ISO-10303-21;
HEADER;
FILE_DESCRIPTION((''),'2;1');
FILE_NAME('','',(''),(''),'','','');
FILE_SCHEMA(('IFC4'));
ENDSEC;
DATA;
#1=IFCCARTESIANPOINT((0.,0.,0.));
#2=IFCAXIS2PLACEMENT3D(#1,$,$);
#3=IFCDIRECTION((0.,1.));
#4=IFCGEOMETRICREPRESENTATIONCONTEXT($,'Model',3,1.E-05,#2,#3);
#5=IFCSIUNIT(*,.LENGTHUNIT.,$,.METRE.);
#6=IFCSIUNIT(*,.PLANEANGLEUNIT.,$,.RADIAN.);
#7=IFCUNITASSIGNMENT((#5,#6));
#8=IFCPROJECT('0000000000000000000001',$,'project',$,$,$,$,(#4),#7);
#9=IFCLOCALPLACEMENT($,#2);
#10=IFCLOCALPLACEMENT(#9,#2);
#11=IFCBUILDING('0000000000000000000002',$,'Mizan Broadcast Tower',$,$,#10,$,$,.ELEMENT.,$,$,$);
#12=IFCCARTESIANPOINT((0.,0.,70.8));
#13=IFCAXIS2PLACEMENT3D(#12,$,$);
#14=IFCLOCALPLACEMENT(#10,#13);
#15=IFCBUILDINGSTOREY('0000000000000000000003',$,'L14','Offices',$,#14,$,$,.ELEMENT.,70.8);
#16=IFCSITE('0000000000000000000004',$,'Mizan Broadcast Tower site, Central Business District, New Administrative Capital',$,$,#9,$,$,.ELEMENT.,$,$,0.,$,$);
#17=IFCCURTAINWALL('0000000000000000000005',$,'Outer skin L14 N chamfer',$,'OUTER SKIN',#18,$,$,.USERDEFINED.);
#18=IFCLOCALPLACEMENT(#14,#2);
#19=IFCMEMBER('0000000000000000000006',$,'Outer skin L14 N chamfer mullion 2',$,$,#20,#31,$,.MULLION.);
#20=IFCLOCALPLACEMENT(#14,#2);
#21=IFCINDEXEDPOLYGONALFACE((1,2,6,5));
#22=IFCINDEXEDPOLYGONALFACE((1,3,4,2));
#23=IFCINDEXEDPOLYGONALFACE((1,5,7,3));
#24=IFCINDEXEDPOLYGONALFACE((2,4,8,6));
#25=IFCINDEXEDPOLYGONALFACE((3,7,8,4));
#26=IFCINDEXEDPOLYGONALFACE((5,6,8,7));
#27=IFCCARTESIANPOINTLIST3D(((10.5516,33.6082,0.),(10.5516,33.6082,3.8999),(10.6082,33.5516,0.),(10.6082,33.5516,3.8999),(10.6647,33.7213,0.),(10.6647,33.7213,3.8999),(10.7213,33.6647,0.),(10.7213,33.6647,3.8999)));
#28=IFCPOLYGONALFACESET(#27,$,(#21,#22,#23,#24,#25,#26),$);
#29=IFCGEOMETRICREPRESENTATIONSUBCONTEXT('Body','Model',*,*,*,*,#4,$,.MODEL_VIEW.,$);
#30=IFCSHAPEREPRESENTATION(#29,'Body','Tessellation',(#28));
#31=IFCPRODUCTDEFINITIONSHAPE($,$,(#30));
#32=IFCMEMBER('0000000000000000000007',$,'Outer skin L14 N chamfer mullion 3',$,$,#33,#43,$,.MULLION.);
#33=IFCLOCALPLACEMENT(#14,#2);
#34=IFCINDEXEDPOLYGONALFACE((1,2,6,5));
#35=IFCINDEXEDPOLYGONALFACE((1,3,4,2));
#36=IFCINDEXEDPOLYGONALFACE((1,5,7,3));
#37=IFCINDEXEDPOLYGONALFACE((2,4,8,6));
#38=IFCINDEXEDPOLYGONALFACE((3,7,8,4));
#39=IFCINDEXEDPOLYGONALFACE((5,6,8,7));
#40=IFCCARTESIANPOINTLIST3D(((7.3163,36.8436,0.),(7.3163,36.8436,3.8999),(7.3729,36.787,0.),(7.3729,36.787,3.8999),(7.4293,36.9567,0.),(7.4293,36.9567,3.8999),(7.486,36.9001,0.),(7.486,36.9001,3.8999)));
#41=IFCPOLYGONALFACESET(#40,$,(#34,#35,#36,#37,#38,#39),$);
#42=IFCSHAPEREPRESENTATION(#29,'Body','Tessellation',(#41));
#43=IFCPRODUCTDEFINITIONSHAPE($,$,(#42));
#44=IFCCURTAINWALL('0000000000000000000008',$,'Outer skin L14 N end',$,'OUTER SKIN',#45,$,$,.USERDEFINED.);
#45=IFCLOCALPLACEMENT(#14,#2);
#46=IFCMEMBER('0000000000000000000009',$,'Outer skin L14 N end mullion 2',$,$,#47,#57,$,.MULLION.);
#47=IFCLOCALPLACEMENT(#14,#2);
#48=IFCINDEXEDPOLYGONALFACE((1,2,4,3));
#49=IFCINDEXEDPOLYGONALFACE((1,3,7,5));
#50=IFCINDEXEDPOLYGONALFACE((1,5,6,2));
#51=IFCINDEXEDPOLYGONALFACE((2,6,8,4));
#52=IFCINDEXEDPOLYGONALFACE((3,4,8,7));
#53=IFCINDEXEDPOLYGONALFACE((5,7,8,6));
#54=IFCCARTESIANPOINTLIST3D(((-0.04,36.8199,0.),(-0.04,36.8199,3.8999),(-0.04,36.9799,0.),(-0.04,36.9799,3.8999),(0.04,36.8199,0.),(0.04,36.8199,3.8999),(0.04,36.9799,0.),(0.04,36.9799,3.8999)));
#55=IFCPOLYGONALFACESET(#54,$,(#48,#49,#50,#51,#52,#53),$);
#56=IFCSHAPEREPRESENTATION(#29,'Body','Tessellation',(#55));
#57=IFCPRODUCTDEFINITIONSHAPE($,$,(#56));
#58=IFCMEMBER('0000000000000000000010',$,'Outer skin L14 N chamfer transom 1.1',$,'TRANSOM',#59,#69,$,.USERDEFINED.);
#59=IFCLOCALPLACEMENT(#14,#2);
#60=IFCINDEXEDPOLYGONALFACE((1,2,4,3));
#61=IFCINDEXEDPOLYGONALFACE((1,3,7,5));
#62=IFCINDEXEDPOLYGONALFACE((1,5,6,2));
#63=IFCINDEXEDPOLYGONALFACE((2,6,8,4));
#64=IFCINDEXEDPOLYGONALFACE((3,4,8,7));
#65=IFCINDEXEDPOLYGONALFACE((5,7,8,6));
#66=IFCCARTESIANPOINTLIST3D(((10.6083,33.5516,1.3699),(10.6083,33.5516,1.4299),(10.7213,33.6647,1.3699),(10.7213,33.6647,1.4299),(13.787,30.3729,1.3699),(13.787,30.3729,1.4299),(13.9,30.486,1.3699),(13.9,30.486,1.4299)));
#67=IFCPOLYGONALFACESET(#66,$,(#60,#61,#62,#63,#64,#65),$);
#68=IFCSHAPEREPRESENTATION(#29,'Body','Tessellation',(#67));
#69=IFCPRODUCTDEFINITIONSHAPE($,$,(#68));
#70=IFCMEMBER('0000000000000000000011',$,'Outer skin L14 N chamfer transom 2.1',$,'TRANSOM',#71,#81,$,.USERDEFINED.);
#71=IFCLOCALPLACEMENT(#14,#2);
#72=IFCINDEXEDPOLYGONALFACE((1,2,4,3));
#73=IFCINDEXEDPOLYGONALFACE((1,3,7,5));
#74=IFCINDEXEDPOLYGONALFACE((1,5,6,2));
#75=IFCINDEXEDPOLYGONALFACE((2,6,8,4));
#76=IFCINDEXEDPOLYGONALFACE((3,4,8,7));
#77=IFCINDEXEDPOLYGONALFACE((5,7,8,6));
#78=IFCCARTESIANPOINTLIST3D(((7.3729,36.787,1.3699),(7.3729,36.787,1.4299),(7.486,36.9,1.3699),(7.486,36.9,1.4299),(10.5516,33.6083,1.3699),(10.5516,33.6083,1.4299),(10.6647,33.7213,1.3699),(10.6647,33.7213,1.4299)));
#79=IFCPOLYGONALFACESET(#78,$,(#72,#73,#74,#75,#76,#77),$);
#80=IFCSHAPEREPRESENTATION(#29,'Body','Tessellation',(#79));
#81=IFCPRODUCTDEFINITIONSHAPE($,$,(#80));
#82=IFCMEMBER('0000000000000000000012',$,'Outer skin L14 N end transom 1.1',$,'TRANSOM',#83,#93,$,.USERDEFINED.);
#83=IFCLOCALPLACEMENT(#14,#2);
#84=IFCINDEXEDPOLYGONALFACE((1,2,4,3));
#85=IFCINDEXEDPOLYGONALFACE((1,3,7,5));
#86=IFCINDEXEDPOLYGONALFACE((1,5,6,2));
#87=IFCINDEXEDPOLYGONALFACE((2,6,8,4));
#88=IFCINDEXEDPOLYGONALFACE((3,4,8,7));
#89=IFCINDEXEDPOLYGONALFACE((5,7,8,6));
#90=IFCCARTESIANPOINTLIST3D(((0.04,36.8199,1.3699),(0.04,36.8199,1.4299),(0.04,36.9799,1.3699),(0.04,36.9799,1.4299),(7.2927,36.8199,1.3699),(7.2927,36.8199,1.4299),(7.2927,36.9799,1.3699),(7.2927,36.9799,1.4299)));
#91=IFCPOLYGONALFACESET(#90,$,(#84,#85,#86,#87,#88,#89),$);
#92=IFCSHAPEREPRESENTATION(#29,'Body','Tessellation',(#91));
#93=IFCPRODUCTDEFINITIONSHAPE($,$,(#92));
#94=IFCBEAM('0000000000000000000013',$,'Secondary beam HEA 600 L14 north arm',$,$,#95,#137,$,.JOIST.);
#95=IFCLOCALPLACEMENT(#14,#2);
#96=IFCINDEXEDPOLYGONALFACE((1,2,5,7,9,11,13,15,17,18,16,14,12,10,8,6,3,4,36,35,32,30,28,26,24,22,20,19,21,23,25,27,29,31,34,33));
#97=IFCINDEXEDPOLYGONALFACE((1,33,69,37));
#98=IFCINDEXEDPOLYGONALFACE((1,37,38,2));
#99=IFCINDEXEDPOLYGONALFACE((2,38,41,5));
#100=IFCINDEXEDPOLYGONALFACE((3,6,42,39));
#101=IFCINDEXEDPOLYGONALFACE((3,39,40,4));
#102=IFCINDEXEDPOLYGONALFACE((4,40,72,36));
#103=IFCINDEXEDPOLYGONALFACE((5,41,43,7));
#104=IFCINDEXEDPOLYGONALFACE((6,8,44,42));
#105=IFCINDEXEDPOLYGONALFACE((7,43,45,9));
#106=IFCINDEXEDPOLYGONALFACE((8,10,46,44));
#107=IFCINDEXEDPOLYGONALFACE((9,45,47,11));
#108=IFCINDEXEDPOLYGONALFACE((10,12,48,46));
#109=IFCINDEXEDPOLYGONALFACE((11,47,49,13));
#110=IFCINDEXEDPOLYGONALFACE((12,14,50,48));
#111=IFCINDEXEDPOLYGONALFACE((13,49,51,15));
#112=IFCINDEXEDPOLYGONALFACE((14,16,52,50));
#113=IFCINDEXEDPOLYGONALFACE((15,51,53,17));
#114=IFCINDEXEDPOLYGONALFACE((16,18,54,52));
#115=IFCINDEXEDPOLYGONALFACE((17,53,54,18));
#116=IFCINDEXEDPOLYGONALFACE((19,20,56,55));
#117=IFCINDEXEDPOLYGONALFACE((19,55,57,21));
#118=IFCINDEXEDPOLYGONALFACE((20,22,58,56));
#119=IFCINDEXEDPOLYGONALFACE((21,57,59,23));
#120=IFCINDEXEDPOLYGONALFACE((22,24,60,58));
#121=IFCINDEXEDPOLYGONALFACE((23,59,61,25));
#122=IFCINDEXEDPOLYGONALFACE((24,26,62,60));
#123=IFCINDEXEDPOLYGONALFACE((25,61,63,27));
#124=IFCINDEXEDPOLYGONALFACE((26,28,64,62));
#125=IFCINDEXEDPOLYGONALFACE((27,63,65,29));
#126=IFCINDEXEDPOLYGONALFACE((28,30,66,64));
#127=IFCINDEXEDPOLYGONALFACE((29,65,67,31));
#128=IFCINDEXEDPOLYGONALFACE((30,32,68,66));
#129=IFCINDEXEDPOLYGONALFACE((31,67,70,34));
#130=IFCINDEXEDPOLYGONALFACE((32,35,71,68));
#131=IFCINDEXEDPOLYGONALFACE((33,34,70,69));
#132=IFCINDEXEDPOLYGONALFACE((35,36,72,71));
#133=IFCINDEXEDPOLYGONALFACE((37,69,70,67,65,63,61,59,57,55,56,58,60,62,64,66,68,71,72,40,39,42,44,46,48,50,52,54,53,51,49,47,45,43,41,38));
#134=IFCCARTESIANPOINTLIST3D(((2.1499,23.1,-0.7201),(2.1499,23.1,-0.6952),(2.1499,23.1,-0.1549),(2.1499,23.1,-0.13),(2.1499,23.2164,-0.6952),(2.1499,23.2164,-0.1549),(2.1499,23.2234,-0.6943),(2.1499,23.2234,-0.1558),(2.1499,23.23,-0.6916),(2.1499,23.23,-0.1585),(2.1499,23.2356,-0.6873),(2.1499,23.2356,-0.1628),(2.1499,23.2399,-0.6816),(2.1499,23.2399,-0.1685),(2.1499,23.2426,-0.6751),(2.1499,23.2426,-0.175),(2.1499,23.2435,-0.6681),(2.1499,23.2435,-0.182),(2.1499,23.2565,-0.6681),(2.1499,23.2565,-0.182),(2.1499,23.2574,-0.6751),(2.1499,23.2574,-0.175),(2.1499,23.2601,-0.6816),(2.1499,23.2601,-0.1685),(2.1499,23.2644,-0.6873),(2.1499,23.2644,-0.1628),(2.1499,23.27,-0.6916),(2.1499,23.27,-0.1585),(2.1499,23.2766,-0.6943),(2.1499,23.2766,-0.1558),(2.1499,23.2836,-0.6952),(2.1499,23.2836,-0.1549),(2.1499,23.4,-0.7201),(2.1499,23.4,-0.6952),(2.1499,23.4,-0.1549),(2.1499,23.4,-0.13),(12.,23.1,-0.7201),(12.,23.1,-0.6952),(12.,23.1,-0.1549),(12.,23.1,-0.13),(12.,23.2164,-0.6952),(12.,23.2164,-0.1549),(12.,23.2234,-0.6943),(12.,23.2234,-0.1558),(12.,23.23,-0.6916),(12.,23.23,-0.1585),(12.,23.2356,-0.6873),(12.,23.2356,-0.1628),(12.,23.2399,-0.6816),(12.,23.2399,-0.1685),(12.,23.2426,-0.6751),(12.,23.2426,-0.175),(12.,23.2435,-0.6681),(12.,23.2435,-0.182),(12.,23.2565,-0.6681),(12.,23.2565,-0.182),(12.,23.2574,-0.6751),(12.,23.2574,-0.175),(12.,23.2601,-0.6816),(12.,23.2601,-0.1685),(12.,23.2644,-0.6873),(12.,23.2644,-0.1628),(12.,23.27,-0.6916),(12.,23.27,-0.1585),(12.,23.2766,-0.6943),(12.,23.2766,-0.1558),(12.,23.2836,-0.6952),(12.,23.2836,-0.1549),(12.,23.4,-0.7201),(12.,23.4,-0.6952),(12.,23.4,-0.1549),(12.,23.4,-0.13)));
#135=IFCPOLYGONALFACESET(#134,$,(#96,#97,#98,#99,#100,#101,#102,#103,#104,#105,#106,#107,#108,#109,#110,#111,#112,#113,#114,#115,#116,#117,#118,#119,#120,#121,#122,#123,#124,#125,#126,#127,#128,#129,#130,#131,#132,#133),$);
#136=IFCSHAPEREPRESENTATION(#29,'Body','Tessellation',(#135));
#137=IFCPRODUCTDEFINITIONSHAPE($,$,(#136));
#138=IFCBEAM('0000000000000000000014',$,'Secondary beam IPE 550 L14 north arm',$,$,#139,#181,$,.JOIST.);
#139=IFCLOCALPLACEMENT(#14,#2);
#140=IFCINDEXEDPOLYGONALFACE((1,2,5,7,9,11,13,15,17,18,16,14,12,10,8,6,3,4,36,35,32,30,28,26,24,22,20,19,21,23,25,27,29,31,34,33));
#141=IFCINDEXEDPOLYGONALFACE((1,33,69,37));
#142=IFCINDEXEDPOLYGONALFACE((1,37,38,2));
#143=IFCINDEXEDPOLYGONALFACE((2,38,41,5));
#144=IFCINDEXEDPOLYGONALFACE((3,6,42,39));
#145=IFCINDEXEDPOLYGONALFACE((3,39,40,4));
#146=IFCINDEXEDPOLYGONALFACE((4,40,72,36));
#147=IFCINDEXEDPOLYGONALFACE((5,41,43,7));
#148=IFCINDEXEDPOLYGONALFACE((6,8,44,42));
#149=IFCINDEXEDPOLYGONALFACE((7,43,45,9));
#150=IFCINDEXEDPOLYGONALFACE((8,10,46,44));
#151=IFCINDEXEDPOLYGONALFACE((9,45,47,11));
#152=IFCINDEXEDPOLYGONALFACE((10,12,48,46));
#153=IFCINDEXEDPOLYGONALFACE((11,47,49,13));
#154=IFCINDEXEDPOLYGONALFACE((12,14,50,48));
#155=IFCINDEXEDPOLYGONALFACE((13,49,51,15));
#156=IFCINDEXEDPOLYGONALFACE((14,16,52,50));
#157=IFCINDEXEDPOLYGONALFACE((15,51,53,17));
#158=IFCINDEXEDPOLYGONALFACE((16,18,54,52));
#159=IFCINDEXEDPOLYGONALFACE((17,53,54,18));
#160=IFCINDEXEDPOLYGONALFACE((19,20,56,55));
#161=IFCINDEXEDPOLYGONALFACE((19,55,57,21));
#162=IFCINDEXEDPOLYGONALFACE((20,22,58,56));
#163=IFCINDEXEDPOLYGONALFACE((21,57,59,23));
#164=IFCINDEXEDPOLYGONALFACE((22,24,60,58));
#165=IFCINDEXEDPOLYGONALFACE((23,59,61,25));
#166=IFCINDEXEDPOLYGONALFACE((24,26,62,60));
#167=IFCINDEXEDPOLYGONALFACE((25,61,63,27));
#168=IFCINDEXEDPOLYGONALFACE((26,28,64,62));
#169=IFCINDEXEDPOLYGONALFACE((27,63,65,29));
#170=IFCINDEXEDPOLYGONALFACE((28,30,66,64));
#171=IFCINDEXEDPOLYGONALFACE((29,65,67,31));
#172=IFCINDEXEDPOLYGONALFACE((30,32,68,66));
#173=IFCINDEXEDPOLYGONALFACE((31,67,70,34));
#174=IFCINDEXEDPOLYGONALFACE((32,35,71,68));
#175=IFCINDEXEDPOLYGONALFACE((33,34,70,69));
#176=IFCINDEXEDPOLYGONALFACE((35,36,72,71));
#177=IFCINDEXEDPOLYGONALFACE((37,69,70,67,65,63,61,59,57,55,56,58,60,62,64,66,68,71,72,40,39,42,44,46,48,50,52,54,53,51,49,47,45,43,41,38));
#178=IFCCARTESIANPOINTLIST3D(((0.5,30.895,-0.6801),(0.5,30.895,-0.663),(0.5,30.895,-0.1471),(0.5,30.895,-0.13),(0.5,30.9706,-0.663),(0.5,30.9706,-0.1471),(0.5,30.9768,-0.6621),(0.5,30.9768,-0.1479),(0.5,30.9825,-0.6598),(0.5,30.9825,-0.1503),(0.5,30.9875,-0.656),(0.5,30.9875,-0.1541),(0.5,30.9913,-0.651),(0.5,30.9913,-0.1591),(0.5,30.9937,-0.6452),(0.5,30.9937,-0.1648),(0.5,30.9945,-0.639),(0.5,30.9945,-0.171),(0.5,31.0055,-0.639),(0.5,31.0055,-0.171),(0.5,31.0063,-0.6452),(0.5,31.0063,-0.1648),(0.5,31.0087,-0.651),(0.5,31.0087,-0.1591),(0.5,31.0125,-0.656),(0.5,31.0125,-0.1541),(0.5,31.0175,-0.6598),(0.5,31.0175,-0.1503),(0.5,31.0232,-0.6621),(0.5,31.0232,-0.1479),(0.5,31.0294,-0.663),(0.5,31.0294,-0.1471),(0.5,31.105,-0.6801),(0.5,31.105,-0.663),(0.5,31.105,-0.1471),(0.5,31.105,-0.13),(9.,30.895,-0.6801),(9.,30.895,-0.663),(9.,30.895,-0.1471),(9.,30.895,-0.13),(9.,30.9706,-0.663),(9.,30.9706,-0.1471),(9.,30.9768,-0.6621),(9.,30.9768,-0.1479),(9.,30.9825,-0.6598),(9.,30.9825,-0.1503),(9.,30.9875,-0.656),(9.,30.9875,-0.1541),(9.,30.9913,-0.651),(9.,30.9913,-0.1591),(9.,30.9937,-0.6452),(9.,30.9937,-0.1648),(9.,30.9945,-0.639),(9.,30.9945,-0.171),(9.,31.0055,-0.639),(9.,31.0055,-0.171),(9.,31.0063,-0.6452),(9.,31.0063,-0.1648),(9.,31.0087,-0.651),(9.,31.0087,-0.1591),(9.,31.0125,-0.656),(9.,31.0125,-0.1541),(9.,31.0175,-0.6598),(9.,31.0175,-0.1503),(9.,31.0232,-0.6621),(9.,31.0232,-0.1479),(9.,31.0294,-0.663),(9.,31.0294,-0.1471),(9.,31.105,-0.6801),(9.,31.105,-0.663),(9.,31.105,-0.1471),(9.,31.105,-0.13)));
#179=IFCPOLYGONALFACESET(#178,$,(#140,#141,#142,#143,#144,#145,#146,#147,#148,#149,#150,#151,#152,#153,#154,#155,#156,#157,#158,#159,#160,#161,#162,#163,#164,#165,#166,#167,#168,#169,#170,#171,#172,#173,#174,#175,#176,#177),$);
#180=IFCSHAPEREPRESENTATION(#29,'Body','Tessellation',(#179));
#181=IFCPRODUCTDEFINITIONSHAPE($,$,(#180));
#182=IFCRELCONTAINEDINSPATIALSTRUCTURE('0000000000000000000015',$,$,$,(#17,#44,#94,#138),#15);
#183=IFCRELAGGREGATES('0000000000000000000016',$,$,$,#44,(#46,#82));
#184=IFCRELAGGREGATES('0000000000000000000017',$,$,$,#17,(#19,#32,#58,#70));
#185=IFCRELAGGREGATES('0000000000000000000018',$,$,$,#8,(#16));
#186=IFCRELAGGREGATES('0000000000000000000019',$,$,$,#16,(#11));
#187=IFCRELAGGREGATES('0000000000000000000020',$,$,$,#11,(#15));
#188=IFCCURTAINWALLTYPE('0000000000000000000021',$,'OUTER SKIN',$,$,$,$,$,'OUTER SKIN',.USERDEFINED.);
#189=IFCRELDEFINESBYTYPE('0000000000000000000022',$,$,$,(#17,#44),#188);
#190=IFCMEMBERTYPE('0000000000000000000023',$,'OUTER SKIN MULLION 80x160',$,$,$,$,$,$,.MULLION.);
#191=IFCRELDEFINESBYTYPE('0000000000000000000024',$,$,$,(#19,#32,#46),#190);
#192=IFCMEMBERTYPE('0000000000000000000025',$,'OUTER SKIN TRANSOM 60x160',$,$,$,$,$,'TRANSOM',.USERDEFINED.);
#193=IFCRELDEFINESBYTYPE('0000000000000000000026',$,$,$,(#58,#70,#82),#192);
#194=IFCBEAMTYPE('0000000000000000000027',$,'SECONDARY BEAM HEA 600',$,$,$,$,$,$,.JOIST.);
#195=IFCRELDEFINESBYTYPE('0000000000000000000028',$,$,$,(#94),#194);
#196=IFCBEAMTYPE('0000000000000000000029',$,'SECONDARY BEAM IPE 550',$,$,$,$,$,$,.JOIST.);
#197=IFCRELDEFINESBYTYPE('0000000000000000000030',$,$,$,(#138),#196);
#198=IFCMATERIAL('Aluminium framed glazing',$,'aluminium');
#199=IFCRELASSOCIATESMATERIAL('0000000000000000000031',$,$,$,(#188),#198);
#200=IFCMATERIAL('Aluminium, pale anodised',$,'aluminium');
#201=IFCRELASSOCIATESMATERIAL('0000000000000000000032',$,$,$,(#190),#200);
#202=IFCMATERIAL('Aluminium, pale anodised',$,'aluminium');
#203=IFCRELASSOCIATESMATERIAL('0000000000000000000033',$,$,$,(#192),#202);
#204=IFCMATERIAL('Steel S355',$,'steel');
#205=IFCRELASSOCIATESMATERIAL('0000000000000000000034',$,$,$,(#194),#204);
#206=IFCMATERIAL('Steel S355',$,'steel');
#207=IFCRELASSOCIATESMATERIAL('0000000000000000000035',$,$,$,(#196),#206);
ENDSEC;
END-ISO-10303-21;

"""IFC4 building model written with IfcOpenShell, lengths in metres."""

from ifc_helpers import new_model, si_unit, direction, frame, origin, origin_2d, place, context, subcontext, project, spatial, rectangle, i_section, extrude, material, material_profile, profile_set, type_object, element, aggregate, save


model = new_model("IFC4")

# Units and contexts
model_context = context("Model", 3, precision=1e-05, world=origin(), true_north=direction((0.0, 1.0)))
body_context = subcontext(model_context, "Body", "Model", "MODEL_VIEW")
ifc_project = project(units=[si_unit("LENGTHUNIT", "METRE"), si_unit("PLANEANGLEUNIT", "RADIAN")], contexts=[model_context])

# Site, building, storey
site_placement = place(None, origin())
site = spatial("IfcSite", under=ifc_project, at=site_placement, Name="Mizan Broadcast Tower site, Central Business District, New Administrative Capital", CompositionType="ELEMENT", RefElevation=0.0)
building_placement = place(site_placement, origin())
building = spatial("IfcBuilding", under=site, at=building_placement, Name="Mizan Broadcast Tower", CompositionType="ELEMENT")
storey_placement = place(building_placement, frame((0.0, 0.0, 70.8)))
storey = spatial("IfcBuildingStorey", under=building, at=storey_placement, Name="L14", Description="Offices", CompositionType="ELEMENT", Elevation=70.8)

# Curtain wall, members
ifc_material_1 = material(Name="Aluminium framed glazing", Category="aluminium")
curtain_wall_type_1 = type_object("IfcCurtainWallType", Name="OUTER SKIN", ElementType="OUTER SKIN", PredefinedType="USERDEFINED", material=ifc_material_1)
curtain_wall_1_placement = place(storey_placement, origin())
curtain_wall_1 = element("IfcCurtainWall", 1, at=curtain_wall_1_placement, inside=storey, type_object=curtain_wall_type_1, Name="Outer skin L14 N chamfer", ObjectType="OUTER SKIN", PredefinedType="USERDEFINED")
ifc_material_2 = material(Name="Aluminium, pale anodised", Category="aluminium")
ifc_material_profile_1 = material_profile(ifc_material_2, rectangle(XDim=0.1599, YDim=0.0801, at=origin_2d()), Name="MULLION 160x80")
ifc_profile_set_1 = profile_set([ifc_material_profile_1], Name="Aluminium, pale anodised")
member_type_1 = type_object("IfcMemberType", Name="OUTER SKIN MULLION 80x160", PredefinedType="MULLION", material=ifc_profile_set_1)
member_1_placement = place(storey_placement, frame((10.6365, 33.6365, 0.0), z_axis=(0.0, 0.0, 1.0), x_axis=(-0.707107, -0.707107, 0.0)))
member_1 = element("IfcMember", 2, at=member_1_placement, type_object=member_type_1, Name="Outer skin L14 N chamfer mullion 2", PredefinedType="MULLION", context=body_context, shape_type="SweptSolid", body=[
    extrude(rectangle(XDim=0.1599, YDim=0.0801, at=origin_2d()), origin(), (0.0, 0.0, 1.0), 3.8999),
])
member_2_placement = place(storey_placement, frame((7.4011, 36.8718, 0.0), z_axis=(0.0, 0.0, 1.0), x_axis=(-0.707107, -0.707107, 0.0)))
member_2 = element("IfcMember", 3, at=member_2_placement, type_object=member_type_1, Name="Outer skin L14 N chamfer mullion 3", PredefinedType="MULLION", context=body_context, shape_type="SweptSolid", body=[
    extrude(rectangle(XDim=0.1599, YDim=0.0801, at=origin_2d()), origin(), (0.0, 0.0, 1.0), 3.8999),
])

# Curtain wall, member
curtain_wall_2_placement = place(storey_placement, origin())
curtain_wall_2 = element("IfcCurtainWall", 4, at=curtain_wall_2_placement, inside=storey, type_object=curtain_wall_type_1, Name="Outer skin L14 N end", ObjectType="OUTER SKIN", PredefinedType="USERDEFINED")
member_3_placement = place(storey_placement, frame((0.0, 36.8999, 0.0), z_axis=(0.0, 0.0, 1.0), x_axis=(0.0, -1.0, 0.0)))
member_3 = element("IfcMember", 5, at=member_3_placement, type_object=member_type_1, Name="Outer skin L14 N end mullion 2", PredefinedType="MULLION", context=body_context, shape_type="SweptSolid", body=[
    extrude(rectangle(XDim=0.1599, YDim=0.0801, at=origin_2d()), origin(), (0.0, 0.0, 1.0), 3.8999),
])

# Members
ifc_material_3 = material(Name="Aluminium, pale anodised", Category="aluminium")
ifc_material_profile_2 = material_profile(ifc_material_3, rectangle(XDim=0.1599, YDim=0.0601, at=origin_2d()), Name="TRANSOM 160x60")
ifc_profile_set_2 = profile_set([ifc_material_profile_2], Name="Aluminium, pale anodised")
member_type_2 = type_object("IfcMemberType", Name="OUTER SKIN TRANSOM 60x160", ElementType="TRANSOM", PredefinedType="USERDEFINED", material=ifc_profile_set_2)
member_4_placement = place(storey_placement, frame((13.8435, 30.4294, 1.3999), z_axis=(-0.707107, 0.707107, 0.0), x_axis=(-0.707107, -0.707107, 0.0)))
member_4 = element("IfcMember", 6, at=member_4_placement, type_object=member_type_2, Name="Outer skin L14 N chamfer transom 1.1", ObjectType="TRANSOM", PredefinedType="USERDEFINED", context=body_context, shape_type="SweptSolid", body=[
    extrude(rectangle(XDim=0.1599, YDim=0.0601, at=origin_2d()), origin(), (0.0, 0.0, 1.0), 4.4954),
])
member_5_placement = place(storey_placement, frame((10.6082, 33.6648, 1.3999), z_axis=(-0.707107, 0.707107, 0.0), x_axis=(-0.707107, -0.707107, 0.0)))
member_5 = element("IfcMember", 7, at=member_5_placement, type_object=member_type_2, Name="Outer skin L14 N chamfer transom 2.1", ObjectType="TRANSOM", PredefinedType="USERDEFINED", context=body_context, shape_type="SweptSolid", body=[
    extrude(rectangle(XDim=0.1599, YDim=0.0601, at=origin_2d()), origin(), (0.0, 0.0, 1.0), 4.4954),
])
member_6_placement = place(storey_placement, frame((7.2927, 36.8999, 1.3999), z_axis=(-1.0, 0.0, 0.0), x_axis=(0.0, -1.0, 0.0)))
member_6 = element("IfcMember", 8, at=member_6_placement, type_object=member_type_2, Name="Outer skin L14 N end transom 1.1", ObjectType="TRANSOM", PredefinedType="USERDEFINED", context=body_context, shape_type="SweptSolid", body=[
    extrude(rectangle(XDim=0.1599, YDim=0.0601, at=origin_2d()), origin(), (0.0, 0.0, 1.0), 7.2527),
])

# Beams
ifc_material_4 = material(Name="Steel S355", Category="steel")
ifc_material_profile_3 = material_profile(ifc_material_4, i_section(OverallWidth=0.3, OverallDepth=0.5901, WebThickness=0.0129, FlangeThickness=0.0249, FilletRadius=0.0271, at=origin_2d()), Name="HEA 600")
ifc_profile_set_3 = profile_set([ifc_material_profile_3], Name="Steel S355")
beam_type_1 = type_object("IfcBeamType", Name="SECONDARY BEAM HEA 600", PredefinedType="JOIST", material=ifc_profile_set_3)
beam_1_placement = place(storey_placement, frame((12.0, 23.25, -0.425), z_axis=(-1.0, 0.0, 0.0), x_axis=(0.0, -1.0, 0.0)))
element("IfcBeam", 9, at=beam_1_placement, inside=storey, type_object=beam_type_1, Name="Secondary beam HEA 600 L14 north arm", PredefinedType="JOIST", context=body_context, shape_type="SweptSolid", body=[
    extrude(i_section(OverallWidth=0.3, OverallDepth=0.5901, WebThickness=0.0129, FlangeThickness=0.0249, FilletRadius=0.0271, at=origin_2d()), origin(), (0.0, 0.0, 1.0), 9.8501),
])
ifc_material_5 = material(Name="Steel S355", Category="steel")
ifc_material_profile_4 = material_profile(ifc_material_5, i_section(OverallWidth=0.21, OverallDepth=0.55, WebThickness=0.011, FlangeThickness=0.0171, FilletRadius=0.0239, at=origin_2d()), Name="IPE 550")
ifc_profile_set_4 = profile_set([ifc_material_profile_4], Name="Steel S355")
beam_type_2 = type_object("IfcBeamType", Name="SECONDARY BEAM IPE 550", PredefinedType="JOIST", material=ifc_profile_set_4)
beam_2_placement = place(storey_placement, frame((9.0, 31.0, -0.405), z_axis=(-1.0, 0.0, 0.0), x_axis=(0.0, -1.0, 0.0)))
element("IfcBeam", 10, at=beam_2_placement, inside=storey, type_object=beam_type_2, Name="Secondary beam IPE 550 L14 north arm", PredefinedType="JOIST", context=body_context, shape_type="SweptSolid", body=[
    extrude(i_section(OverallWidth=0.21, OverallDepth=0.55, WebThickness=0.011, FlangeThickness=0.0171, FilletRadius=0.0239, at=origin_2d()), origin(), (0.0, 0.0, 1.0), 8.5),
])

aggregate(curtain_wall_2, [member_3, member_6])
aggregate(curtain_wall_1, [member_1, member_2, member_4, member_5])

save(model, "model.ifc")
